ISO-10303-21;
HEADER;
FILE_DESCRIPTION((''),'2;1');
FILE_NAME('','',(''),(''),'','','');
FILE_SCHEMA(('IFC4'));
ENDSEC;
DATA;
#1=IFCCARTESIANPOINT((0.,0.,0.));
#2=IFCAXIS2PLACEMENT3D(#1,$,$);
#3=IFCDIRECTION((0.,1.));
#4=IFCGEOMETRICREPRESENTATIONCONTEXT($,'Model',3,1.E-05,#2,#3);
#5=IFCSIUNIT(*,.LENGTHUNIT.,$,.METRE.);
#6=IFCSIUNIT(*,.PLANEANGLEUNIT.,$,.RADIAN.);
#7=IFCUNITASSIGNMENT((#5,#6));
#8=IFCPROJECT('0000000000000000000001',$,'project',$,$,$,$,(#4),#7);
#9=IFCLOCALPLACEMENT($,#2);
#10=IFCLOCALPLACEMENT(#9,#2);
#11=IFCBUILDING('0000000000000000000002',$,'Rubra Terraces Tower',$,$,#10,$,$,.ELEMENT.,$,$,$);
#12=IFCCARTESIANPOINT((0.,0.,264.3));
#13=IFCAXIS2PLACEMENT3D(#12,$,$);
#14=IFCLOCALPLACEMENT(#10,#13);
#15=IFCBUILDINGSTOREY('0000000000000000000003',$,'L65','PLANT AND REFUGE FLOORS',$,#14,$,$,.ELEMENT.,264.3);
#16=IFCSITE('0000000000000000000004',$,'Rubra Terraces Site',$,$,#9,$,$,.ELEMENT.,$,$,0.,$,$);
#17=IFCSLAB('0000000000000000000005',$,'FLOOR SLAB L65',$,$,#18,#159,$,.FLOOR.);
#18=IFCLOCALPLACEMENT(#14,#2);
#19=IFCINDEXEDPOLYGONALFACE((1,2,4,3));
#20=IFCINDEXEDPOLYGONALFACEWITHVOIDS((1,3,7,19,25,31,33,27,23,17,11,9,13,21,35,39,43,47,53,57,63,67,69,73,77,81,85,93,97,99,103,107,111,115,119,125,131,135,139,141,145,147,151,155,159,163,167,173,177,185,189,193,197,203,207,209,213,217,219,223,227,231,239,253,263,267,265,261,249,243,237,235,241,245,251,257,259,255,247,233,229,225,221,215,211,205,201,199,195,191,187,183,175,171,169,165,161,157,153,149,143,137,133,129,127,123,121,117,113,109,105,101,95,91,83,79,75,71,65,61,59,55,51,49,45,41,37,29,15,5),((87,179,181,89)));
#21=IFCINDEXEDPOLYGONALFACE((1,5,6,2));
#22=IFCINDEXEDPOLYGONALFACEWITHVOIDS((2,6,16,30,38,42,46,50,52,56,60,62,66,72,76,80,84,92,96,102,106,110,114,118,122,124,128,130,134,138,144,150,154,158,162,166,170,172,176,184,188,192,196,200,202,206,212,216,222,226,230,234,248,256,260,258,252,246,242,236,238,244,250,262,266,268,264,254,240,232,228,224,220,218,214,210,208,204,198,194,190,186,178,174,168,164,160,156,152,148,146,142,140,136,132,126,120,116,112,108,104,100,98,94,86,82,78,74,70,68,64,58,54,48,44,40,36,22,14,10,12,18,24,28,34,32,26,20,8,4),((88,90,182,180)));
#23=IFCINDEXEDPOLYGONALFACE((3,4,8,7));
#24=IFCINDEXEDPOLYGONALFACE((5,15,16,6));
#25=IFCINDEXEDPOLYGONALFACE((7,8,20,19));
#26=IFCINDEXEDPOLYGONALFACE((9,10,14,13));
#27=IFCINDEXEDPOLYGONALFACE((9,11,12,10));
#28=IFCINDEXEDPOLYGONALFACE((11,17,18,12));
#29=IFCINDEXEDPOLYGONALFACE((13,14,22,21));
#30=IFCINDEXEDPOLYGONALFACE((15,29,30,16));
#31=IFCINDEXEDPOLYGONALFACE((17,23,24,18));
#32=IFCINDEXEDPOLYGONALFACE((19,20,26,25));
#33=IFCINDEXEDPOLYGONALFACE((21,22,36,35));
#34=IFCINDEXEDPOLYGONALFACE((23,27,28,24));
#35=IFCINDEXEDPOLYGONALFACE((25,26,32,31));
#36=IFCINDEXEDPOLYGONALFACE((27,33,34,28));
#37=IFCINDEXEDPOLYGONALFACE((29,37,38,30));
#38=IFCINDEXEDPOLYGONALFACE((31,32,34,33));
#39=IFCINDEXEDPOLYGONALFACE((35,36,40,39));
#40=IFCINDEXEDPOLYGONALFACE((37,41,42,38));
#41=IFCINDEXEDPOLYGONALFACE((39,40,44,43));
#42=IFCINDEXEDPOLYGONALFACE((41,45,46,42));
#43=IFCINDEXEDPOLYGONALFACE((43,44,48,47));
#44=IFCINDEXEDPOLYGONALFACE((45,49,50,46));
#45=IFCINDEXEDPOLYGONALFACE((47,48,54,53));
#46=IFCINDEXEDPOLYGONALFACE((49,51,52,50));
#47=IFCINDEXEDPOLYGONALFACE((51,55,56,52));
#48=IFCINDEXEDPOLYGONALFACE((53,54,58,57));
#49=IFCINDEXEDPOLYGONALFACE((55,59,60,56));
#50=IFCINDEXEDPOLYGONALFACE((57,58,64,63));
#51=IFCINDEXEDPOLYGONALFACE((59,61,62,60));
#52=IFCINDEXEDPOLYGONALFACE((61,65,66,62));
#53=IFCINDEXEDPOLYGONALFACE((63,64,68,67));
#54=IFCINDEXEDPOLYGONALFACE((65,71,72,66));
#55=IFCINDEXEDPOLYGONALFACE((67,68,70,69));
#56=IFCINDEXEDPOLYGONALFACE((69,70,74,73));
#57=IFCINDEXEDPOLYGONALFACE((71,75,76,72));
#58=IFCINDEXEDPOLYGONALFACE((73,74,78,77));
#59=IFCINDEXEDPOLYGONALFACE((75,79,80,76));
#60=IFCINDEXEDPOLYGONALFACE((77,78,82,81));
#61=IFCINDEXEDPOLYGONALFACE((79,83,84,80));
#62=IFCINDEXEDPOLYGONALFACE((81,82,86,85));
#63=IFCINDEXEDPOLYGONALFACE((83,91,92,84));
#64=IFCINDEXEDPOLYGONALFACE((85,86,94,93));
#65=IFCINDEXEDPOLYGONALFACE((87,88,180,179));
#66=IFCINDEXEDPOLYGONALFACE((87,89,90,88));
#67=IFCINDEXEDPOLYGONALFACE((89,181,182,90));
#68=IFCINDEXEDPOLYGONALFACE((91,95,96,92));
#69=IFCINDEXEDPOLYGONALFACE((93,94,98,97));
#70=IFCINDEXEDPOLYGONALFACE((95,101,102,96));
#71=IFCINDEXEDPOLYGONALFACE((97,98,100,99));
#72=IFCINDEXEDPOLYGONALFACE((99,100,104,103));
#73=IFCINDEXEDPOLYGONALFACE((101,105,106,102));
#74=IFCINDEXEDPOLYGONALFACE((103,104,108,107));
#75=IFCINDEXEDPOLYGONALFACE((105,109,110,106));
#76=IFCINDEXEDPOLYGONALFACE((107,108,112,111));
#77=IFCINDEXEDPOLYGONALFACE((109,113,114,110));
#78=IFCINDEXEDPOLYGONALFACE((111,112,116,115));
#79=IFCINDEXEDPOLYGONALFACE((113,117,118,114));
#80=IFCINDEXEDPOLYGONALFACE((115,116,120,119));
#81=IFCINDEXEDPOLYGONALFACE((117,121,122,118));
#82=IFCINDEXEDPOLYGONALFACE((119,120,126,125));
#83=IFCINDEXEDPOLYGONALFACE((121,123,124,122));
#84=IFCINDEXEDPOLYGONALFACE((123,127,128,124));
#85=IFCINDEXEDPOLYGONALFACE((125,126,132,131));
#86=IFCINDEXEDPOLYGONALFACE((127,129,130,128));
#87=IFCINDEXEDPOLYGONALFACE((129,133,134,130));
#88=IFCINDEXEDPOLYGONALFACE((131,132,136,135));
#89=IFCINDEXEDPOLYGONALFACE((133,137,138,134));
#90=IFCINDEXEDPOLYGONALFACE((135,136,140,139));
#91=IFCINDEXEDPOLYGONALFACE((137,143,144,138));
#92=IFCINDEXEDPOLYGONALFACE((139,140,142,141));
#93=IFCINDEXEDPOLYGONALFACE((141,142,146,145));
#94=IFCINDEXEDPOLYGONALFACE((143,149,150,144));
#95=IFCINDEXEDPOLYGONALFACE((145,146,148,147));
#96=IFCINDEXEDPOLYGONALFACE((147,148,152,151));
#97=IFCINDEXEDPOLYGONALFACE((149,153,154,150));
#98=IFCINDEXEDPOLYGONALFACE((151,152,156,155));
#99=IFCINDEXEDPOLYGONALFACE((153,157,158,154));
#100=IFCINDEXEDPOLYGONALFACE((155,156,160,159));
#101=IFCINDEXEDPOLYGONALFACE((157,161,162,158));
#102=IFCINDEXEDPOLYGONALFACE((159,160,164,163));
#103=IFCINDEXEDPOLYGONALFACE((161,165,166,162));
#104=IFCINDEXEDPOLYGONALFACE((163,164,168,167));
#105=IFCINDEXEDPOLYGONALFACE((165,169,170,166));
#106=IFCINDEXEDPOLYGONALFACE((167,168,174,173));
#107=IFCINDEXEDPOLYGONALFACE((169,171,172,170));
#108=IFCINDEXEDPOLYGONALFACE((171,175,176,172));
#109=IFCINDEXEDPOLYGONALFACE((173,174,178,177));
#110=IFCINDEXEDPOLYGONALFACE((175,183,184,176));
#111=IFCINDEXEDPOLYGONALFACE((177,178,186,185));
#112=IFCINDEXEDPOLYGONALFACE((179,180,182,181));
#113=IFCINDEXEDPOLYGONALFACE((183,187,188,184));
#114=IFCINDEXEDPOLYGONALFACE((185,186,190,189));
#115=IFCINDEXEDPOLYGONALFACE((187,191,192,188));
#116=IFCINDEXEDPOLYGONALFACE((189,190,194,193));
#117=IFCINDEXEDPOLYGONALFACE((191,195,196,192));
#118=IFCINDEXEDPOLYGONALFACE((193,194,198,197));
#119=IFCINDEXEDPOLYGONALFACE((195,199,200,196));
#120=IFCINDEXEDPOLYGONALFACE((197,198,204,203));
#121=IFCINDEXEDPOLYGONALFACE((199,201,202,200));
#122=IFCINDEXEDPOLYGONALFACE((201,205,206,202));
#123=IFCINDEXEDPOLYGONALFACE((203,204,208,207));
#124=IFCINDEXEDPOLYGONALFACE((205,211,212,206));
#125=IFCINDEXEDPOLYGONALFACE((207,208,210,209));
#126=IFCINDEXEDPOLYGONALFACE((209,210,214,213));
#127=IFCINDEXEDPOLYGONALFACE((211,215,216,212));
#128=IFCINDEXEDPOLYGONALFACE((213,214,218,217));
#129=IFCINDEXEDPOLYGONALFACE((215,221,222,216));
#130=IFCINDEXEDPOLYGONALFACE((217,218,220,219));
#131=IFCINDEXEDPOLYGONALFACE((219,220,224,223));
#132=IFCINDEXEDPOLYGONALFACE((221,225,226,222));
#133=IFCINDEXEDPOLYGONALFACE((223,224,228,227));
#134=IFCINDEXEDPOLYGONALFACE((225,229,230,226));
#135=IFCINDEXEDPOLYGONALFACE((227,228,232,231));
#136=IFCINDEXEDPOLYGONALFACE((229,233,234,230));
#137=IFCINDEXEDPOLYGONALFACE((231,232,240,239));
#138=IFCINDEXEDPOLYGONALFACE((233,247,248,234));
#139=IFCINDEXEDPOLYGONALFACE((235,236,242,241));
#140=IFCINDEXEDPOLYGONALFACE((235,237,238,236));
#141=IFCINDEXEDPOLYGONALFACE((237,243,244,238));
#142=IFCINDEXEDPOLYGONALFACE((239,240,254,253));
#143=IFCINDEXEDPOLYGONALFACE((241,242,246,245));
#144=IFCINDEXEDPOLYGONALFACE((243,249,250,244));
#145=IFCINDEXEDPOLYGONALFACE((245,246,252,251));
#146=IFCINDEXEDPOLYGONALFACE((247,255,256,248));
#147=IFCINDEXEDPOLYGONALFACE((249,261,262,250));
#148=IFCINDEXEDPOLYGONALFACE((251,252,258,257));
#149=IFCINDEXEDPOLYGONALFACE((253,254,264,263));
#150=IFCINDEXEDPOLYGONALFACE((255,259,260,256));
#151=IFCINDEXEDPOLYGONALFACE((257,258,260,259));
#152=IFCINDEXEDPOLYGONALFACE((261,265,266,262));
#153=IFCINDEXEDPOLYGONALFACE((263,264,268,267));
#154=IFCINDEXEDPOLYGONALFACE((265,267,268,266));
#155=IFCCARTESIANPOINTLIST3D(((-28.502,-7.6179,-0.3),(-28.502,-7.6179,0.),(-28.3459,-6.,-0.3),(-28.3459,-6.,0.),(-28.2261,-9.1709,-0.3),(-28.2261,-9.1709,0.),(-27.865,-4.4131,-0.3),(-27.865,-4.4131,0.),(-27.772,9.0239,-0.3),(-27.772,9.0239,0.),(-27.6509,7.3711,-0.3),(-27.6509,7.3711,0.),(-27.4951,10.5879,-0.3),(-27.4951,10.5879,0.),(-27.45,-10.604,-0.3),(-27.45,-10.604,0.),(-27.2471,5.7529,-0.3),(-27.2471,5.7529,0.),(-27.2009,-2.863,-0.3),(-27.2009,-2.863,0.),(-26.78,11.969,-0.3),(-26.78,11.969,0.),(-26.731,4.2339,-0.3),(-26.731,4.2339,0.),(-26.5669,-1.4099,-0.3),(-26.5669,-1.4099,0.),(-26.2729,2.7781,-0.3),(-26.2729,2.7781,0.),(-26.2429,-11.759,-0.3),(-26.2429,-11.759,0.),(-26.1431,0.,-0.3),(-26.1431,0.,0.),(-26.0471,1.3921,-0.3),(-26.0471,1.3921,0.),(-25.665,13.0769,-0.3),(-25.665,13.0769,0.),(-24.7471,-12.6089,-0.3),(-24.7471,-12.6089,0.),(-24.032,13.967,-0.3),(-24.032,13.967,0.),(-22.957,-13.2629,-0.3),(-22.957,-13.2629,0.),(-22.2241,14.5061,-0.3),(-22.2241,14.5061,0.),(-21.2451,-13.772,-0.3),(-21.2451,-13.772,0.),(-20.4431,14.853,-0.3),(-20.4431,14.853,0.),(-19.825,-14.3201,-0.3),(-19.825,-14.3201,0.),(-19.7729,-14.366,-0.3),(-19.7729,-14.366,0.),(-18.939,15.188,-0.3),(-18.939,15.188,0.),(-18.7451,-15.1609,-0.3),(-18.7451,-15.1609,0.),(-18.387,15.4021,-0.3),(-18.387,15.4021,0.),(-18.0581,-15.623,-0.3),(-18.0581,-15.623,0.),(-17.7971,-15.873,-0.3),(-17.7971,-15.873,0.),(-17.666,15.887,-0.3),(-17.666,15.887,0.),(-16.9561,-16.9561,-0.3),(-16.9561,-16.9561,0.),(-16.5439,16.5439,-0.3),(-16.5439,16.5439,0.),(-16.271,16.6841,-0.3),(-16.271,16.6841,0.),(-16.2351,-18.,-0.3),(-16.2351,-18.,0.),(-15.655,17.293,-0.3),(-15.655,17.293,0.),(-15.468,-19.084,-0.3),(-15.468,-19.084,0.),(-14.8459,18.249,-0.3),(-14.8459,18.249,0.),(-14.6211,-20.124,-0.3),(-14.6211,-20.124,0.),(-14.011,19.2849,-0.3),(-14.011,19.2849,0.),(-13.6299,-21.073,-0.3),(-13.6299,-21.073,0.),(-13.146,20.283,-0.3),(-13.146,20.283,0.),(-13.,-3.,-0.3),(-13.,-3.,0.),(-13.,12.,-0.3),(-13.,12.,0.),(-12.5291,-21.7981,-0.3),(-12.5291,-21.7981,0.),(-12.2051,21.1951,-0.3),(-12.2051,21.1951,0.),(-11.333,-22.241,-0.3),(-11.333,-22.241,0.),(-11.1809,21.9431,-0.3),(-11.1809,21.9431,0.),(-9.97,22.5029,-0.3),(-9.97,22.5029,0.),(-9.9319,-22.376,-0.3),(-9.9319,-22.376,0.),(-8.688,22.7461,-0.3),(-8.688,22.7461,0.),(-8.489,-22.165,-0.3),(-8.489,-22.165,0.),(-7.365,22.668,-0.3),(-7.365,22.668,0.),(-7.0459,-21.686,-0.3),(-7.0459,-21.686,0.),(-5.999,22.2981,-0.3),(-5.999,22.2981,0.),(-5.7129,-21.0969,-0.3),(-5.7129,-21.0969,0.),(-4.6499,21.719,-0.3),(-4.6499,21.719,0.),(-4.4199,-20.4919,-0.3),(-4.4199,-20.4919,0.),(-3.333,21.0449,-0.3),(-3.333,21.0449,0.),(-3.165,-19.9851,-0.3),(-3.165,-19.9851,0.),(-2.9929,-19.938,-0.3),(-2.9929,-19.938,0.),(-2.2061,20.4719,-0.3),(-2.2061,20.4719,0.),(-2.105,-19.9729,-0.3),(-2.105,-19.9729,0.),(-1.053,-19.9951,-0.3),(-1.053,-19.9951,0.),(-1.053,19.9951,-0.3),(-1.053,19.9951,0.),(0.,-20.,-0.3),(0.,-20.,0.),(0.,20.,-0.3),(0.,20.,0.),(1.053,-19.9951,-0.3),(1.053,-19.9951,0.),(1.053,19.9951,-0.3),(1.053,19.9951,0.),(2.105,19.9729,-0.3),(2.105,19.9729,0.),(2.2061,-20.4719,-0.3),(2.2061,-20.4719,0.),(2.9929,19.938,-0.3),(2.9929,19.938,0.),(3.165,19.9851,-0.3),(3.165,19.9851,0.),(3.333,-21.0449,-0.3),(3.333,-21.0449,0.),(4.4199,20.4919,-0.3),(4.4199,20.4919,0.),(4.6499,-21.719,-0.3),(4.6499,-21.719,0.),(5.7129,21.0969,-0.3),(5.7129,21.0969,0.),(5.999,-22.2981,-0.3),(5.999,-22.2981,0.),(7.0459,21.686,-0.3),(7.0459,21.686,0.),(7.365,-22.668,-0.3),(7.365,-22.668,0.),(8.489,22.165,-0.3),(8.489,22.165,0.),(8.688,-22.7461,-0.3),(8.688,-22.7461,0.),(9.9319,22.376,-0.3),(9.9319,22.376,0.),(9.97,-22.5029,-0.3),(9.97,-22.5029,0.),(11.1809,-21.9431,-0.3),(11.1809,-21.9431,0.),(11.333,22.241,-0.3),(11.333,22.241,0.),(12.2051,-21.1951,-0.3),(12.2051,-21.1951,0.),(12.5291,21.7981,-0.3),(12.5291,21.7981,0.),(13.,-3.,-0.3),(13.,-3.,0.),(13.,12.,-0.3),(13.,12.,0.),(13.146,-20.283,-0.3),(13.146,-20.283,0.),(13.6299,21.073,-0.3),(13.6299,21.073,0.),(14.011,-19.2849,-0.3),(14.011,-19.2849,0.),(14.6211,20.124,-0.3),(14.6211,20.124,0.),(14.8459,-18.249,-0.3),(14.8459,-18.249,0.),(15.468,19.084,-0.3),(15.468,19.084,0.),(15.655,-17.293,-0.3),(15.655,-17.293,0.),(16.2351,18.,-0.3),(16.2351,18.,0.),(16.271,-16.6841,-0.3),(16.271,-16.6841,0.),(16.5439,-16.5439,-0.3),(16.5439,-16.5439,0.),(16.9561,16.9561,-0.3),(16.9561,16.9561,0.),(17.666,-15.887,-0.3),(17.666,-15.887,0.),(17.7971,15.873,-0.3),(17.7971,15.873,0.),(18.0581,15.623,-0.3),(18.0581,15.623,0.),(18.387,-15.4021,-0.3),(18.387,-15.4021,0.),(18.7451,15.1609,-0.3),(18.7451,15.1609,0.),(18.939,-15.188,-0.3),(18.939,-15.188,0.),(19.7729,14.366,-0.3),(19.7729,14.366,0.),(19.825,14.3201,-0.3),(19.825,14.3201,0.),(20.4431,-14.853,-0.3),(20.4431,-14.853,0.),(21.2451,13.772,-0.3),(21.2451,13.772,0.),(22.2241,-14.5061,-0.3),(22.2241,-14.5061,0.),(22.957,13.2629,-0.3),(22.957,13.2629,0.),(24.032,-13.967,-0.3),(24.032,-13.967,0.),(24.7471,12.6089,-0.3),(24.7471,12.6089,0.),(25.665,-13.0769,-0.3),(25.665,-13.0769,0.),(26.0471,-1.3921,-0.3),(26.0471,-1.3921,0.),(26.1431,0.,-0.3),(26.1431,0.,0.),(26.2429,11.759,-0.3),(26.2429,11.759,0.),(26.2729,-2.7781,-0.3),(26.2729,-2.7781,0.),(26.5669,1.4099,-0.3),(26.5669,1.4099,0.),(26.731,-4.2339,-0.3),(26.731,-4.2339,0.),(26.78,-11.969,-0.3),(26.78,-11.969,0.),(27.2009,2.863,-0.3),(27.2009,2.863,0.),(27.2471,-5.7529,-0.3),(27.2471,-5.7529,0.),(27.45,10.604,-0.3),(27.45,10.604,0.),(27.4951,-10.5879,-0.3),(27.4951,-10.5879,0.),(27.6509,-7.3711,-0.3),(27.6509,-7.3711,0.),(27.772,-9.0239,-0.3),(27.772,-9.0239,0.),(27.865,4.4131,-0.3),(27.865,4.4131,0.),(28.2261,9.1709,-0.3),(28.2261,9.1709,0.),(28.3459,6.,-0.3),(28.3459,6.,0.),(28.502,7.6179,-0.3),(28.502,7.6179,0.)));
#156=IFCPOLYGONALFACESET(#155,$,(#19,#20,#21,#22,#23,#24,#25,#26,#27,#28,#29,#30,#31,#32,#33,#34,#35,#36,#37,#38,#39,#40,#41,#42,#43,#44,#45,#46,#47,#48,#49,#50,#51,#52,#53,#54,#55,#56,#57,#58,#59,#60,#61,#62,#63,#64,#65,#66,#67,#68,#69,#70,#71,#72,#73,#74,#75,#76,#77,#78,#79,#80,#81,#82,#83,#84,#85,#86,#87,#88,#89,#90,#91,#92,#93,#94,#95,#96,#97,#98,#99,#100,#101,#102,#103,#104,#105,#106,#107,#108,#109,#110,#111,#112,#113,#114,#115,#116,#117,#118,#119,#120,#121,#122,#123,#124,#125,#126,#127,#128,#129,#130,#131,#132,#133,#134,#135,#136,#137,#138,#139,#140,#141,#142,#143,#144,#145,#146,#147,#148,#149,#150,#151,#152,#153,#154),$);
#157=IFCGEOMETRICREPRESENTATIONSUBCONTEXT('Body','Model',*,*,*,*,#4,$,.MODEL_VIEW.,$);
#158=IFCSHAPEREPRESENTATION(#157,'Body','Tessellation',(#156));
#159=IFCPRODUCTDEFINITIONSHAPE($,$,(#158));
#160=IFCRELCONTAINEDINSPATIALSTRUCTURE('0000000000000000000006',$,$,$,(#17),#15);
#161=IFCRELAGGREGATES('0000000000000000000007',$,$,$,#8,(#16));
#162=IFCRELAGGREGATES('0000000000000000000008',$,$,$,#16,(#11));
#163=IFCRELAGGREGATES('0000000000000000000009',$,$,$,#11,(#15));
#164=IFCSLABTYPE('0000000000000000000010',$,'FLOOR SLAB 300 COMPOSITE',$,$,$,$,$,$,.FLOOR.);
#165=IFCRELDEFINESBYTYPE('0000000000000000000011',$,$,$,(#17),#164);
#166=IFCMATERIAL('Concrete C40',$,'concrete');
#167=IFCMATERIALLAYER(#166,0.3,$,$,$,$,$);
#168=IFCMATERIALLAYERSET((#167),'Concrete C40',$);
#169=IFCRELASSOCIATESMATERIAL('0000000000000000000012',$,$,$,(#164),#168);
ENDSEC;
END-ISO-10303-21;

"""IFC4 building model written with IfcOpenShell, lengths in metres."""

from ifc_helpers import new_model, si_unit, direction, frame, origin, place, context, subcontext, project, spatial, polyline, outline, extrude, material, layer, layer_set, type_object, element, save


model = new_model("IFC4")

# Units and contexts
model_context = context("Model", 3, precision=1e-05, world=origin(), true_north=direction((0.0, 1.0)))
body_context = subcontext(model_context, "Body", "Model", "MODEL_VIEW")
ifc_project = project(units=[si_unit("LENGTHUNIT", "METRE"), si_unit("PLANEANGLEUNIT", "RADIAN")], contexts=[model_context])

# Site, building, storey
site_placement = place(None, origin())
site = spatial("IfcSite", under=ifc_project, at=site_placement, Name="Rubra Terraces Site", CompositionType="ELEMENT", RefElevation=0.0)
building_placement = place(site_placement, origin())
building = spatial("IfcBuilding", under=site, at=building_placement, Name="Rubra Terraces Tower", CompositionType="ELEMENT")
storey_placement = place(building_placement, frame((0.0, 0.0, 264.3)))
storey = spatial("IfcBuildingStorey", under=building, at=storey_placement, Name="L65", Description="PLANT AND REFUGE FLOORS", CompositionType="ELEMENT", Elevation=264.3)

# Slab
ifc_material_1 = material(Name="Concrete C40", Category="concrete")
ifc_layer_1 = layer(ifc_material_1, 0.3)
ifc_layer_set_1 = layer_set([ifc_layer_1], Name="Concrete C40")
slab_type = type_object("IfcSlabType", Name="FLOOR SLAB 300 COMPOSITE", PredefinedType="FLOOR", material=ifc_layer_set_1)
slab_placement = place(storey_placement, frame((0.0, 0.0, -0.3)))
element("IfcSlab", 1, at=slab_placement, inside=storey, type_object=slab_type, Name="FLOOR SLAB L65", PredefinedType="FLOOR", context=body_context, shape_type="SweptSolid", body=[
    extrude(outline(polyline([(15.655, -17.293), (16.271, -16.6841), (16.5439, -16.5439), (17.666, -15.887), (18.387, -15.4021), (18.939, -15.188), (20.4431, -14.853), (22.2241, -14.5061), (24.032, -13.967), (25.665, -13.0769), (26.78, -11.969), (27.4951, -10.5879), (27.772, -9.0239), (27.6509, -7.3711), (27.2471, -5.7529), (26.731, -4.2339), (26.2729, -2.7781), (26.0471, -1.3921), (26.1431, 0.0), (26.5669, 1.4099), (27.2009, 2.863), (27.865, 4.4131), (28.3459, 6.0), (28.502, 7.6179), (28.2261, 9.1709), (27.45, 10.604), (26.2429, 11.759), (24.7471, 12.6089), (22.957, 13.2629), (21.2451, 13.772), (19.825, 14.3201), (19.7729, 14.366), (18.7451, 15.1609), (18.0581, 15.623), (17.7971, 15.873), (16.9561, 16.9561), (16.2351, 18.0), (15.468, 19.084), (14.6211, 20.124), (13.6299, 21.073), (12.5291, 21.7981), (11.333, 22.241), (9.9319, 22.376), (8.489, 22.165), (7.0459, 21.686), (5.7129, 21.0969), (4.4199, 20.4919), (3.165, 19.9851), (2.9929, 19.938), (2.105, 19.9729), (1.053, 19.9951), (0.0, 20.0), (-1.053, 19.9951), (-2.2061, 20.4719), (-3.333, 21.0449), (-4.6499, 21.719), (-5.999, 22.2981), (-7.365, 22.668), (-8.688, 22.7461), (-9.97, 22.5029), (-11.1809, 21.9431), (-12.2051, 21.1951), (-13.146, 20.283), (-14.011, 19.2849), (-14.8459, 18.249), (-15.655, 17.293), (-16.271, 16.6841), (-16.5439, 16.5439), (-17.666, 15.887), (-18.387, 15.4021), (-18.939, 15.188), (-20.4431, 14.853), (-22.2241, 14.5061), (-24.032, 13.967), (-25.665, 13.0769), (-26.78, 11.969), (-27.4951, 10.5879), (-27.772, 9.0239), (-27.6509, 7.3711), (-27.2471, 5.7529), (-26.731, 4.2339), (-26.2729, 2.7781), (-26.0471, 1.3921), (-26.1431, 0.0), (-26.5669, -1.4099), (-27.2009, -2.863), (-27.865, -4.4131), (-28.3459, -6.0), (-28.502, -7.6179), (-28.2261, -9.1709), (-27.45, -10.604), (-26.2429, -11.759), (-24.7471, -12.6089), (-22.957, -13.2629), (-21.2451, -13.772), (-19.825, -14.3201), (-19.7729, -14.366), (-18.7451, -15.1609), (-18.0581, -15.623), (-17.7971, -15.873), (-16.9561, -16.9561), (-16.2351, -18.0), (-15.468, -19.084), (-14.6211, -20.124), (-13.6299, -21.073), (-12.5291, -21.7981), (-11.333, -22.241), (-9.9319, -22.376), (-8.489, -22.165), (-7.0459, -21.686), (-5.7129, -21.0969), (-4.4199, -20.4919), (-3.165, -19.9851), (-2.9929, -19.938), (-2.105, -19.9729), (-1.053, -19.9951), (0.0, -20.0), (1.053, -19.9951), (2.2061, -20.4719), (3.333, -21.0449), (4.6499, -21.719), (5.999, -22.2981), (7.365, -22.668), (8.688, -22.7461), (9.97, -22.5029), (11.1809, -21.9431), (12.2051, -21.1951), (13.146, -20.283), (14.011, -19.2849), (14.8459, -18.249), (15.655, -17.293)]), holes=[polyline([(13.0, 12.0), (13.0, -3.0), (-13.0, -3.0), (-13.0, 12.0), (13.0, 12.0)])]), origin(), (0.0, 0.0, 1.0), 0.3),
])

save(model, "model.ifc")
